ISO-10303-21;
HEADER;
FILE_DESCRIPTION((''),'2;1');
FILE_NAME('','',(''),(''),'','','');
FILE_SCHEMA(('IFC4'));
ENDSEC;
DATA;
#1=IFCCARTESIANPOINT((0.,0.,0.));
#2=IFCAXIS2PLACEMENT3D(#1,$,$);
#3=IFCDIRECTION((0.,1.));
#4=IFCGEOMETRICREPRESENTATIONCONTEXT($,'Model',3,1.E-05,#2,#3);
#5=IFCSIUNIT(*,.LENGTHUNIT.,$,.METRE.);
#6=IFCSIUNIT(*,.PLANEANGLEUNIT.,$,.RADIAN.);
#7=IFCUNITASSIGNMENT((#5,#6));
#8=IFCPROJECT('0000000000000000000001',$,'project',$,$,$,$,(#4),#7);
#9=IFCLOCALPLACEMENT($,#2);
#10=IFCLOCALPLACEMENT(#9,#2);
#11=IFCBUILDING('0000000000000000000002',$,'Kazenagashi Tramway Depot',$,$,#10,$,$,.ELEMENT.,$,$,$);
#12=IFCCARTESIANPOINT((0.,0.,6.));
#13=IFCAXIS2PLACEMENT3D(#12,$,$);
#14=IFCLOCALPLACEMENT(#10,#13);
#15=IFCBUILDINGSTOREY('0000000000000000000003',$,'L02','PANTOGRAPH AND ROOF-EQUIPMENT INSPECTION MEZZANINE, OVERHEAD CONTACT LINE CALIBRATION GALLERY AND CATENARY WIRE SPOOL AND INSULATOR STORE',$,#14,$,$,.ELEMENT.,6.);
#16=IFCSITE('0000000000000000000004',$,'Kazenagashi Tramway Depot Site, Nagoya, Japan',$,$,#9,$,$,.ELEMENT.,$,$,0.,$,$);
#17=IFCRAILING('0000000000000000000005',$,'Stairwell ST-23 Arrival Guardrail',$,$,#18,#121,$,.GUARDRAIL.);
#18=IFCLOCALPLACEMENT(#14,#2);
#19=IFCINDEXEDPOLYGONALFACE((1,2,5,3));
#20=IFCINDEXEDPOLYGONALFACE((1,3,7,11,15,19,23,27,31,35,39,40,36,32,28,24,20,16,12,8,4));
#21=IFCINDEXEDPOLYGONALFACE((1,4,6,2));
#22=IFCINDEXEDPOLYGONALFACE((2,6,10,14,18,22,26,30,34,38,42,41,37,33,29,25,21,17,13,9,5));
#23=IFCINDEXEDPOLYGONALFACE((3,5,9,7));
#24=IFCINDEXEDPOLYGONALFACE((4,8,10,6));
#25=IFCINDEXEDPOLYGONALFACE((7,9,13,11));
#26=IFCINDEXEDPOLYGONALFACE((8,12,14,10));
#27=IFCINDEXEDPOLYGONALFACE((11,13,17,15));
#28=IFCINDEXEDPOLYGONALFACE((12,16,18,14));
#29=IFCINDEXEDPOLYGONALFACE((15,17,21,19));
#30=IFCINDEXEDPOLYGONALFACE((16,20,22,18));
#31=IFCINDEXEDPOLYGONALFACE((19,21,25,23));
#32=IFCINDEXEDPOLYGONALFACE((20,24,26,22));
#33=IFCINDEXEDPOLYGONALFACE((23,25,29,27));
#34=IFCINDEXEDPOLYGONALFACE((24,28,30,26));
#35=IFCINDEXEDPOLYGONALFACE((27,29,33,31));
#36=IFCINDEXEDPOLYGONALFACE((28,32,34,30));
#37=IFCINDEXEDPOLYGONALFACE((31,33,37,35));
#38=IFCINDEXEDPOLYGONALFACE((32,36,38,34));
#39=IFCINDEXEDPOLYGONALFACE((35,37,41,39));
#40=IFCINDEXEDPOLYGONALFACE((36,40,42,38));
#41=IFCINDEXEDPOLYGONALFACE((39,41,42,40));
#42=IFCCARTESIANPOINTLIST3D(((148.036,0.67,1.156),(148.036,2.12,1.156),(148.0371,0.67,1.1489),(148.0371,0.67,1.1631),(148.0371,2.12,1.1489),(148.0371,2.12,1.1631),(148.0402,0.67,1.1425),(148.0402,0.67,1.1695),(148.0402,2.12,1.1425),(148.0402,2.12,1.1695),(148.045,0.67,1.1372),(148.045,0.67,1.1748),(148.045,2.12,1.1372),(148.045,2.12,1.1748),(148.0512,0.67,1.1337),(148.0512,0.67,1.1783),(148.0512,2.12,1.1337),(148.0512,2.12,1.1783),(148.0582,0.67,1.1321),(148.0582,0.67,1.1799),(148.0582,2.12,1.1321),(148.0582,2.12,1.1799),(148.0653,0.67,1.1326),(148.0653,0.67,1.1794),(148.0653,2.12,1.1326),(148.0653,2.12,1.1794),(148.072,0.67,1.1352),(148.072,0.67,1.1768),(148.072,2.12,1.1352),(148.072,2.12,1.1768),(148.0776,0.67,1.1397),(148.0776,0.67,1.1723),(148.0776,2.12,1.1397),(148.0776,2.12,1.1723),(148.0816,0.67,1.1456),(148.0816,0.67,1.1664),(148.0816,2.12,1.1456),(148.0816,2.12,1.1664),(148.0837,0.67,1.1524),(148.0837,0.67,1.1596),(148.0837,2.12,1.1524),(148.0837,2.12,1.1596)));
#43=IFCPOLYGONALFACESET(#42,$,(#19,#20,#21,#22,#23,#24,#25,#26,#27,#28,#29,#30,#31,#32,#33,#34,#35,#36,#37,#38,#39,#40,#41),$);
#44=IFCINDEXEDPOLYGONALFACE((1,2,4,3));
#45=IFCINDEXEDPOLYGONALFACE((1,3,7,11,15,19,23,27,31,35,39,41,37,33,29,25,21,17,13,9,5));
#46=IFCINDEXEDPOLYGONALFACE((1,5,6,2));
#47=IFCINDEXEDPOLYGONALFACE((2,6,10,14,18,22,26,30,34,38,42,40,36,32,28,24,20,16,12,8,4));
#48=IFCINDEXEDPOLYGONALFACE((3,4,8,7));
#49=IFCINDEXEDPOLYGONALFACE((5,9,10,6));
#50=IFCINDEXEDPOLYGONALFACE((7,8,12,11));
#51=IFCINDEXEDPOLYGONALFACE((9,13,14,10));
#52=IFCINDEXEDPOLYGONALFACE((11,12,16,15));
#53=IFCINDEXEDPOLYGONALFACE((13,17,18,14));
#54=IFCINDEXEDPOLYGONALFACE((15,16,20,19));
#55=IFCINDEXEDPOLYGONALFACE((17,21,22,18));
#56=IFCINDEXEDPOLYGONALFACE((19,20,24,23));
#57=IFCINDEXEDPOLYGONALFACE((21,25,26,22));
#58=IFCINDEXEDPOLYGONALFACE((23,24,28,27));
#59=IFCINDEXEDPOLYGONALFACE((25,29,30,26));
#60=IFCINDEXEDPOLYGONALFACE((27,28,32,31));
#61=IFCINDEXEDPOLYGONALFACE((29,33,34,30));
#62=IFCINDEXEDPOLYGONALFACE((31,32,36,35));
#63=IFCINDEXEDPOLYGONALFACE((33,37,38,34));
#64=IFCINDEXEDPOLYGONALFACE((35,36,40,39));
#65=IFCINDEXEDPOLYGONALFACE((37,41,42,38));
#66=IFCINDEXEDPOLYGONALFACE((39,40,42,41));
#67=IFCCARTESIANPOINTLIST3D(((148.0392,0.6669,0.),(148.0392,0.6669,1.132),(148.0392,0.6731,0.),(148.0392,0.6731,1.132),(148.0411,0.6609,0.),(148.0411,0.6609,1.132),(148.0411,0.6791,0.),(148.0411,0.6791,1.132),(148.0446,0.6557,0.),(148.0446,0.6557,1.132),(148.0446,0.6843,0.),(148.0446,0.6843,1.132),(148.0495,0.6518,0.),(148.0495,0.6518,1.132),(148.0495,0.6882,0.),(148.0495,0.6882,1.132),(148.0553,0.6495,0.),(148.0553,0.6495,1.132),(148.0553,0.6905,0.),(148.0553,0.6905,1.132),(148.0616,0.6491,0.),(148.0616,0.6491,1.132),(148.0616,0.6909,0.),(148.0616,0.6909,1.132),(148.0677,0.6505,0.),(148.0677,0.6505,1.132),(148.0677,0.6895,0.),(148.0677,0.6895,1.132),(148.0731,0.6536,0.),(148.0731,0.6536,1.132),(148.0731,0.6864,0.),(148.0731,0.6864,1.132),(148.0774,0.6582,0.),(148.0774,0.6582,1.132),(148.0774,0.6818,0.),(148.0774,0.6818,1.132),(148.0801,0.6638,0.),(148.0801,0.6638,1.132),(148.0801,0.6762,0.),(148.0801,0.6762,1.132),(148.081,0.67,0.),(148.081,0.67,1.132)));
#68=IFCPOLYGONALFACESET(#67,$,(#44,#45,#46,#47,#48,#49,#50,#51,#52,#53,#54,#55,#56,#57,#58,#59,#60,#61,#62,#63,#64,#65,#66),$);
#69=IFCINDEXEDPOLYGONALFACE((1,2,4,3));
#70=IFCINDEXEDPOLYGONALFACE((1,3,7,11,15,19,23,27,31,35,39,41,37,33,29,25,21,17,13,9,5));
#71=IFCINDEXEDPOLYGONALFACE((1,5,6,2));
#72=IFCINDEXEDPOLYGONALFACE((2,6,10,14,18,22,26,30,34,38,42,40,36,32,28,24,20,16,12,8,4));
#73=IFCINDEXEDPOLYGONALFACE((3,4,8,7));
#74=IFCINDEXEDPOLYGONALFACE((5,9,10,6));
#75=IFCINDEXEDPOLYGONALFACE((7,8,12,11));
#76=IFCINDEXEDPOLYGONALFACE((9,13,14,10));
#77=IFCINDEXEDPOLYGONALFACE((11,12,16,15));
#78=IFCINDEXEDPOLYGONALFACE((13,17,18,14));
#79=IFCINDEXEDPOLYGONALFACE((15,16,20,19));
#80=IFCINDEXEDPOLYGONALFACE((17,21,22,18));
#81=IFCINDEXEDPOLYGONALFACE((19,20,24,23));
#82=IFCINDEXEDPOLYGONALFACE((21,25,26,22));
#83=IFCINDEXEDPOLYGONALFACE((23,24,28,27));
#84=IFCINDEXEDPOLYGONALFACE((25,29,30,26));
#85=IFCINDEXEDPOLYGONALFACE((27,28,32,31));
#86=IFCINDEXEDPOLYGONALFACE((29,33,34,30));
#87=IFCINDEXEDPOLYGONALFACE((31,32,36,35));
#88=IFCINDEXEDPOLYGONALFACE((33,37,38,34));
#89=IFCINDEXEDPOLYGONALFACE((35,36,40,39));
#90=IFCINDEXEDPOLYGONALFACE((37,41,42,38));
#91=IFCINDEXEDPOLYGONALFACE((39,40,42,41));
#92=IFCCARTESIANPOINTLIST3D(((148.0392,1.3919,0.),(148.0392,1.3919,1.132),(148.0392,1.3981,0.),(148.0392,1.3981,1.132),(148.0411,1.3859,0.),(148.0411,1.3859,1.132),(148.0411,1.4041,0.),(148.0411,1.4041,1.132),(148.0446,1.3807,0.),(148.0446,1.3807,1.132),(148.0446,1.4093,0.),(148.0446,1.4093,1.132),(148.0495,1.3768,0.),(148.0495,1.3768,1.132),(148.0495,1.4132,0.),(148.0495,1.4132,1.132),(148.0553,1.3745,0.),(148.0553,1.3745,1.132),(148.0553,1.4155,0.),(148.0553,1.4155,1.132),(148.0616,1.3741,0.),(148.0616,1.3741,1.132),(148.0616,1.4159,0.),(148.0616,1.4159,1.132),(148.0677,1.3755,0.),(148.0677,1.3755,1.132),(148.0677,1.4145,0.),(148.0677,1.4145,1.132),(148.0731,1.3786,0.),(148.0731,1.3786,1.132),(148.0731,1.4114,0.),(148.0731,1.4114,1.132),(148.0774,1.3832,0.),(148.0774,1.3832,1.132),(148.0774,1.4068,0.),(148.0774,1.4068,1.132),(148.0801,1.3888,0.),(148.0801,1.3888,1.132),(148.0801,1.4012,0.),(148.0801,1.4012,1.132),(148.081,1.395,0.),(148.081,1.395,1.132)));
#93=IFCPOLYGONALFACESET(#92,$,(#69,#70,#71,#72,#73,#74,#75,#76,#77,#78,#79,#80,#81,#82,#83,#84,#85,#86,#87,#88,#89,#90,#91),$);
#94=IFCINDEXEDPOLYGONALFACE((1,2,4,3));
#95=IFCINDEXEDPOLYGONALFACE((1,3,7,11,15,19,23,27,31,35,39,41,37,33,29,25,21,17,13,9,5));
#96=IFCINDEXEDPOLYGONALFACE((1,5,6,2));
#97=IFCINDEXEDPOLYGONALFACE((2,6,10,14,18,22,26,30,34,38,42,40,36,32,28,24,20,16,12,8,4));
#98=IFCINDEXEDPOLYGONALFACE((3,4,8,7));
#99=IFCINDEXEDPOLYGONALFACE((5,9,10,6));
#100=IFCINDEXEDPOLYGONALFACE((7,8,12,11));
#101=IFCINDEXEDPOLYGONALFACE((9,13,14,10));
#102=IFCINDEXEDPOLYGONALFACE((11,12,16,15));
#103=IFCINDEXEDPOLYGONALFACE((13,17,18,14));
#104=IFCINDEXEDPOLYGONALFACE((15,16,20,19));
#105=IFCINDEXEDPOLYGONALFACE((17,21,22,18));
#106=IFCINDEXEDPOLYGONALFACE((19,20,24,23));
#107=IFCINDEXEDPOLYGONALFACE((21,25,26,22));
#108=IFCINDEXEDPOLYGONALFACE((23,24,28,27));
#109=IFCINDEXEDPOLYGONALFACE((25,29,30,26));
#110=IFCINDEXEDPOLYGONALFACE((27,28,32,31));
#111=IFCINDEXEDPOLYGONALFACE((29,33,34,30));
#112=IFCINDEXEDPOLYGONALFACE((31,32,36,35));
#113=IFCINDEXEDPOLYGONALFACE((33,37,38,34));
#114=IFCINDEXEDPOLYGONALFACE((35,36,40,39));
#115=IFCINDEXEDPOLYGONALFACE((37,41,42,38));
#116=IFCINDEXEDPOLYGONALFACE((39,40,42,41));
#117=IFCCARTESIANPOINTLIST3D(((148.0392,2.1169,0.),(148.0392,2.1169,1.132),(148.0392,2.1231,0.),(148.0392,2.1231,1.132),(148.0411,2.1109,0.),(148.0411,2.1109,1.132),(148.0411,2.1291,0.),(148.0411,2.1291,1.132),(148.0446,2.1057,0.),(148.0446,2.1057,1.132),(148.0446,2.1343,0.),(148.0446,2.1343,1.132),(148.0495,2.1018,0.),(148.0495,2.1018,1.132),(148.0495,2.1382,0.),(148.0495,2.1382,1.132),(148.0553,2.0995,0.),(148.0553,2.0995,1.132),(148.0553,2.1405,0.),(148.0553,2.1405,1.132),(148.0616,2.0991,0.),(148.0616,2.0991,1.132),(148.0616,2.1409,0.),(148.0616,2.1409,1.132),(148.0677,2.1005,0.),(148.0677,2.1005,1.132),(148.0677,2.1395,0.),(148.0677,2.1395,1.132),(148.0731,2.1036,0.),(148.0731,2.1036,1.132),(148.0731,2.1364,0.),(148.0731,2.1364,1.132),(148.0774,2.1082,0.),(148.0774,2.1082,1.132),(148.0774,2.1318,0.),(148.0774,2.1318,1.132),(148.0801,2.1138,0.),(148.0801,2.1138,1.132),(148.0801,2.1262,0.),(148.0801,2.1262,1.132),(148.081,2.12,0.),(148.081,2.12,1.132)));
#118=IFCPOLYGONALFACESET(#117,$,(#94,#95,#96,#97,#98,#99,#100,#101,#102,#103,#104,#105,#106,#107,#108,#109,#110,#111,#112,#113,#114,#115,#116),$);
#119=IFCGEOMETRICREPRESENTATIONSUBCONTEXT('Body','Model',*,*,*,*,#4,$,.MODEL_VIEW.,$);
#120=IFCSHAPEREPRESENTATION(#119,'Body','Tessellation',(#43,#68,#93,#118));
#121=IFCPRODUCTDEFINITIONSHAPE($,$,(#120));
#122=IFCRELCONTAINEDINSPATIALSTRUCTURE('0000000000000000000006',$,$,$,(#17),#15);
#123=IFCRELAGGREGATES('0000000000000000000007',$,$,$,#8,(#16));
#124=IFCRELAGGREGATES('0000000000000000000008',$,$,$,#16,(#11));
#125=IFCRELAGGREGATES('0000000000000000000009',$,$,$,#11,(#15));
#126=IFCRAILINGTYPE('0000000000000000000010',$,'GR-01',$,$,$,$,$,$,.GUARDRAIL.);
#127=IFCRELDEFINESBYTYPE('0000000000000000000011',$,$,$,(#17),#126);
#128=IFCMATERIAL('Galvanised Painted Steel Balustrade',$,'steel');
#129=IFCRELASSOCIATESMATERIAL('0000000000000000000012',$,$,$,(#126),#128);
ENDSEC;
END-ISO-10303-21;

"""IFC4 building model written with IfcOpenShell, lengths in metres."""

from ifc_helpers import new_model, si_unit, direction, frame, origin, origin_2d, place, context, subcontext, project, spatial, circle, extrude, material, type_object, element, save


model = new_model("IFC4")

# Units and contexts
model_context = context("Model", 3, precision=1e-05, world=origin(), true_north=direction((0.0, 1.0)))
body_context = subcontext(model_context, "Body", "Model", "MODEL_VIEW")
ifc_project = project(units=[si_unit("LENGTHUNIT", "METRE"), si_unit("PLANEANGLEUNIT", "RADIAN")], contexts=[model_context])

# Site, building, storey
site_placement = place(None, origin())
site = spatial("IfcSite", under=ifc_project, at=site_placement, Name="Kazenagashi Tramway Depot Site, Nagoya, Japan", CompositionType="ELEMENT", RefElevation=0.0)
building_placement = place(site_placement, origin())
building = spatial("IfcBuilding", under=site, at=building_placement, Name="Kazenagashi Tramway Depot", CompositionType="ELEMENT")
storey_placement = place(building_placement, frame((0.0, 0.0, 6.0)))
storey = spatial("IfcBuildingStorey", under=building, at=storey_placement, Name="L02", Description="PANTOGRAPH AND ROOF-EQUIPMENT INSPECTION MEZZANINE, OVERHEAD CONTACT LINE CALIBRATION GALLERY AND CATENARY WIRE SPOOL AND INSULATOR STORE", CompositionType="ELEMENT", Elevation=6.0)

# Railing
ifc_material_1 = material(Name="Galvanised Painted Steel Balustrade", Category="steel")
railing_type_1 = type_object("IfcRailingType", Name="GR-01", PredefinedType="GUARDRAIL", material=ifc_material_1)
railing_1_placement = place(storey_placement, frame((148.06, 0.67, 0.0)))
element("IfcRailing", 1, at=railing_1_placement, inside=storey, type_object=railing_type_1, Name="Stairwell ST-23 Arrival Guardrail", PredefinedType="GUARDRAIL", context=body_context, shape_type="SweptSolid", body=[
    extrude(circle(Radius=0.024, at=origin_2d()), frame((0.0, 0.0, 1.156), z_axis=(0.0, 1.0, 0.0), x_axis=(-1.0, 0.0, 0.0)), (0.0, 0.0, 1.0), 1.45),
    extrude(circle(Radius=0.021, at=origin_2d()), origin(), (0.0, 0.0, 1.0), 1.132),
    extrude(circle(Radius=0.021, at=origin_2d()), frame((0.0, 0.725, 0.0)), (0.0, 0.0, 1.0), 1.132),
    extrude(circle(Radius=0.021, at=origin_2d()), frame((0.0, 1.45, 0.0)), (0.0, 0.0, 1.0), 1.132),
])

save(model, "model.ifc")
